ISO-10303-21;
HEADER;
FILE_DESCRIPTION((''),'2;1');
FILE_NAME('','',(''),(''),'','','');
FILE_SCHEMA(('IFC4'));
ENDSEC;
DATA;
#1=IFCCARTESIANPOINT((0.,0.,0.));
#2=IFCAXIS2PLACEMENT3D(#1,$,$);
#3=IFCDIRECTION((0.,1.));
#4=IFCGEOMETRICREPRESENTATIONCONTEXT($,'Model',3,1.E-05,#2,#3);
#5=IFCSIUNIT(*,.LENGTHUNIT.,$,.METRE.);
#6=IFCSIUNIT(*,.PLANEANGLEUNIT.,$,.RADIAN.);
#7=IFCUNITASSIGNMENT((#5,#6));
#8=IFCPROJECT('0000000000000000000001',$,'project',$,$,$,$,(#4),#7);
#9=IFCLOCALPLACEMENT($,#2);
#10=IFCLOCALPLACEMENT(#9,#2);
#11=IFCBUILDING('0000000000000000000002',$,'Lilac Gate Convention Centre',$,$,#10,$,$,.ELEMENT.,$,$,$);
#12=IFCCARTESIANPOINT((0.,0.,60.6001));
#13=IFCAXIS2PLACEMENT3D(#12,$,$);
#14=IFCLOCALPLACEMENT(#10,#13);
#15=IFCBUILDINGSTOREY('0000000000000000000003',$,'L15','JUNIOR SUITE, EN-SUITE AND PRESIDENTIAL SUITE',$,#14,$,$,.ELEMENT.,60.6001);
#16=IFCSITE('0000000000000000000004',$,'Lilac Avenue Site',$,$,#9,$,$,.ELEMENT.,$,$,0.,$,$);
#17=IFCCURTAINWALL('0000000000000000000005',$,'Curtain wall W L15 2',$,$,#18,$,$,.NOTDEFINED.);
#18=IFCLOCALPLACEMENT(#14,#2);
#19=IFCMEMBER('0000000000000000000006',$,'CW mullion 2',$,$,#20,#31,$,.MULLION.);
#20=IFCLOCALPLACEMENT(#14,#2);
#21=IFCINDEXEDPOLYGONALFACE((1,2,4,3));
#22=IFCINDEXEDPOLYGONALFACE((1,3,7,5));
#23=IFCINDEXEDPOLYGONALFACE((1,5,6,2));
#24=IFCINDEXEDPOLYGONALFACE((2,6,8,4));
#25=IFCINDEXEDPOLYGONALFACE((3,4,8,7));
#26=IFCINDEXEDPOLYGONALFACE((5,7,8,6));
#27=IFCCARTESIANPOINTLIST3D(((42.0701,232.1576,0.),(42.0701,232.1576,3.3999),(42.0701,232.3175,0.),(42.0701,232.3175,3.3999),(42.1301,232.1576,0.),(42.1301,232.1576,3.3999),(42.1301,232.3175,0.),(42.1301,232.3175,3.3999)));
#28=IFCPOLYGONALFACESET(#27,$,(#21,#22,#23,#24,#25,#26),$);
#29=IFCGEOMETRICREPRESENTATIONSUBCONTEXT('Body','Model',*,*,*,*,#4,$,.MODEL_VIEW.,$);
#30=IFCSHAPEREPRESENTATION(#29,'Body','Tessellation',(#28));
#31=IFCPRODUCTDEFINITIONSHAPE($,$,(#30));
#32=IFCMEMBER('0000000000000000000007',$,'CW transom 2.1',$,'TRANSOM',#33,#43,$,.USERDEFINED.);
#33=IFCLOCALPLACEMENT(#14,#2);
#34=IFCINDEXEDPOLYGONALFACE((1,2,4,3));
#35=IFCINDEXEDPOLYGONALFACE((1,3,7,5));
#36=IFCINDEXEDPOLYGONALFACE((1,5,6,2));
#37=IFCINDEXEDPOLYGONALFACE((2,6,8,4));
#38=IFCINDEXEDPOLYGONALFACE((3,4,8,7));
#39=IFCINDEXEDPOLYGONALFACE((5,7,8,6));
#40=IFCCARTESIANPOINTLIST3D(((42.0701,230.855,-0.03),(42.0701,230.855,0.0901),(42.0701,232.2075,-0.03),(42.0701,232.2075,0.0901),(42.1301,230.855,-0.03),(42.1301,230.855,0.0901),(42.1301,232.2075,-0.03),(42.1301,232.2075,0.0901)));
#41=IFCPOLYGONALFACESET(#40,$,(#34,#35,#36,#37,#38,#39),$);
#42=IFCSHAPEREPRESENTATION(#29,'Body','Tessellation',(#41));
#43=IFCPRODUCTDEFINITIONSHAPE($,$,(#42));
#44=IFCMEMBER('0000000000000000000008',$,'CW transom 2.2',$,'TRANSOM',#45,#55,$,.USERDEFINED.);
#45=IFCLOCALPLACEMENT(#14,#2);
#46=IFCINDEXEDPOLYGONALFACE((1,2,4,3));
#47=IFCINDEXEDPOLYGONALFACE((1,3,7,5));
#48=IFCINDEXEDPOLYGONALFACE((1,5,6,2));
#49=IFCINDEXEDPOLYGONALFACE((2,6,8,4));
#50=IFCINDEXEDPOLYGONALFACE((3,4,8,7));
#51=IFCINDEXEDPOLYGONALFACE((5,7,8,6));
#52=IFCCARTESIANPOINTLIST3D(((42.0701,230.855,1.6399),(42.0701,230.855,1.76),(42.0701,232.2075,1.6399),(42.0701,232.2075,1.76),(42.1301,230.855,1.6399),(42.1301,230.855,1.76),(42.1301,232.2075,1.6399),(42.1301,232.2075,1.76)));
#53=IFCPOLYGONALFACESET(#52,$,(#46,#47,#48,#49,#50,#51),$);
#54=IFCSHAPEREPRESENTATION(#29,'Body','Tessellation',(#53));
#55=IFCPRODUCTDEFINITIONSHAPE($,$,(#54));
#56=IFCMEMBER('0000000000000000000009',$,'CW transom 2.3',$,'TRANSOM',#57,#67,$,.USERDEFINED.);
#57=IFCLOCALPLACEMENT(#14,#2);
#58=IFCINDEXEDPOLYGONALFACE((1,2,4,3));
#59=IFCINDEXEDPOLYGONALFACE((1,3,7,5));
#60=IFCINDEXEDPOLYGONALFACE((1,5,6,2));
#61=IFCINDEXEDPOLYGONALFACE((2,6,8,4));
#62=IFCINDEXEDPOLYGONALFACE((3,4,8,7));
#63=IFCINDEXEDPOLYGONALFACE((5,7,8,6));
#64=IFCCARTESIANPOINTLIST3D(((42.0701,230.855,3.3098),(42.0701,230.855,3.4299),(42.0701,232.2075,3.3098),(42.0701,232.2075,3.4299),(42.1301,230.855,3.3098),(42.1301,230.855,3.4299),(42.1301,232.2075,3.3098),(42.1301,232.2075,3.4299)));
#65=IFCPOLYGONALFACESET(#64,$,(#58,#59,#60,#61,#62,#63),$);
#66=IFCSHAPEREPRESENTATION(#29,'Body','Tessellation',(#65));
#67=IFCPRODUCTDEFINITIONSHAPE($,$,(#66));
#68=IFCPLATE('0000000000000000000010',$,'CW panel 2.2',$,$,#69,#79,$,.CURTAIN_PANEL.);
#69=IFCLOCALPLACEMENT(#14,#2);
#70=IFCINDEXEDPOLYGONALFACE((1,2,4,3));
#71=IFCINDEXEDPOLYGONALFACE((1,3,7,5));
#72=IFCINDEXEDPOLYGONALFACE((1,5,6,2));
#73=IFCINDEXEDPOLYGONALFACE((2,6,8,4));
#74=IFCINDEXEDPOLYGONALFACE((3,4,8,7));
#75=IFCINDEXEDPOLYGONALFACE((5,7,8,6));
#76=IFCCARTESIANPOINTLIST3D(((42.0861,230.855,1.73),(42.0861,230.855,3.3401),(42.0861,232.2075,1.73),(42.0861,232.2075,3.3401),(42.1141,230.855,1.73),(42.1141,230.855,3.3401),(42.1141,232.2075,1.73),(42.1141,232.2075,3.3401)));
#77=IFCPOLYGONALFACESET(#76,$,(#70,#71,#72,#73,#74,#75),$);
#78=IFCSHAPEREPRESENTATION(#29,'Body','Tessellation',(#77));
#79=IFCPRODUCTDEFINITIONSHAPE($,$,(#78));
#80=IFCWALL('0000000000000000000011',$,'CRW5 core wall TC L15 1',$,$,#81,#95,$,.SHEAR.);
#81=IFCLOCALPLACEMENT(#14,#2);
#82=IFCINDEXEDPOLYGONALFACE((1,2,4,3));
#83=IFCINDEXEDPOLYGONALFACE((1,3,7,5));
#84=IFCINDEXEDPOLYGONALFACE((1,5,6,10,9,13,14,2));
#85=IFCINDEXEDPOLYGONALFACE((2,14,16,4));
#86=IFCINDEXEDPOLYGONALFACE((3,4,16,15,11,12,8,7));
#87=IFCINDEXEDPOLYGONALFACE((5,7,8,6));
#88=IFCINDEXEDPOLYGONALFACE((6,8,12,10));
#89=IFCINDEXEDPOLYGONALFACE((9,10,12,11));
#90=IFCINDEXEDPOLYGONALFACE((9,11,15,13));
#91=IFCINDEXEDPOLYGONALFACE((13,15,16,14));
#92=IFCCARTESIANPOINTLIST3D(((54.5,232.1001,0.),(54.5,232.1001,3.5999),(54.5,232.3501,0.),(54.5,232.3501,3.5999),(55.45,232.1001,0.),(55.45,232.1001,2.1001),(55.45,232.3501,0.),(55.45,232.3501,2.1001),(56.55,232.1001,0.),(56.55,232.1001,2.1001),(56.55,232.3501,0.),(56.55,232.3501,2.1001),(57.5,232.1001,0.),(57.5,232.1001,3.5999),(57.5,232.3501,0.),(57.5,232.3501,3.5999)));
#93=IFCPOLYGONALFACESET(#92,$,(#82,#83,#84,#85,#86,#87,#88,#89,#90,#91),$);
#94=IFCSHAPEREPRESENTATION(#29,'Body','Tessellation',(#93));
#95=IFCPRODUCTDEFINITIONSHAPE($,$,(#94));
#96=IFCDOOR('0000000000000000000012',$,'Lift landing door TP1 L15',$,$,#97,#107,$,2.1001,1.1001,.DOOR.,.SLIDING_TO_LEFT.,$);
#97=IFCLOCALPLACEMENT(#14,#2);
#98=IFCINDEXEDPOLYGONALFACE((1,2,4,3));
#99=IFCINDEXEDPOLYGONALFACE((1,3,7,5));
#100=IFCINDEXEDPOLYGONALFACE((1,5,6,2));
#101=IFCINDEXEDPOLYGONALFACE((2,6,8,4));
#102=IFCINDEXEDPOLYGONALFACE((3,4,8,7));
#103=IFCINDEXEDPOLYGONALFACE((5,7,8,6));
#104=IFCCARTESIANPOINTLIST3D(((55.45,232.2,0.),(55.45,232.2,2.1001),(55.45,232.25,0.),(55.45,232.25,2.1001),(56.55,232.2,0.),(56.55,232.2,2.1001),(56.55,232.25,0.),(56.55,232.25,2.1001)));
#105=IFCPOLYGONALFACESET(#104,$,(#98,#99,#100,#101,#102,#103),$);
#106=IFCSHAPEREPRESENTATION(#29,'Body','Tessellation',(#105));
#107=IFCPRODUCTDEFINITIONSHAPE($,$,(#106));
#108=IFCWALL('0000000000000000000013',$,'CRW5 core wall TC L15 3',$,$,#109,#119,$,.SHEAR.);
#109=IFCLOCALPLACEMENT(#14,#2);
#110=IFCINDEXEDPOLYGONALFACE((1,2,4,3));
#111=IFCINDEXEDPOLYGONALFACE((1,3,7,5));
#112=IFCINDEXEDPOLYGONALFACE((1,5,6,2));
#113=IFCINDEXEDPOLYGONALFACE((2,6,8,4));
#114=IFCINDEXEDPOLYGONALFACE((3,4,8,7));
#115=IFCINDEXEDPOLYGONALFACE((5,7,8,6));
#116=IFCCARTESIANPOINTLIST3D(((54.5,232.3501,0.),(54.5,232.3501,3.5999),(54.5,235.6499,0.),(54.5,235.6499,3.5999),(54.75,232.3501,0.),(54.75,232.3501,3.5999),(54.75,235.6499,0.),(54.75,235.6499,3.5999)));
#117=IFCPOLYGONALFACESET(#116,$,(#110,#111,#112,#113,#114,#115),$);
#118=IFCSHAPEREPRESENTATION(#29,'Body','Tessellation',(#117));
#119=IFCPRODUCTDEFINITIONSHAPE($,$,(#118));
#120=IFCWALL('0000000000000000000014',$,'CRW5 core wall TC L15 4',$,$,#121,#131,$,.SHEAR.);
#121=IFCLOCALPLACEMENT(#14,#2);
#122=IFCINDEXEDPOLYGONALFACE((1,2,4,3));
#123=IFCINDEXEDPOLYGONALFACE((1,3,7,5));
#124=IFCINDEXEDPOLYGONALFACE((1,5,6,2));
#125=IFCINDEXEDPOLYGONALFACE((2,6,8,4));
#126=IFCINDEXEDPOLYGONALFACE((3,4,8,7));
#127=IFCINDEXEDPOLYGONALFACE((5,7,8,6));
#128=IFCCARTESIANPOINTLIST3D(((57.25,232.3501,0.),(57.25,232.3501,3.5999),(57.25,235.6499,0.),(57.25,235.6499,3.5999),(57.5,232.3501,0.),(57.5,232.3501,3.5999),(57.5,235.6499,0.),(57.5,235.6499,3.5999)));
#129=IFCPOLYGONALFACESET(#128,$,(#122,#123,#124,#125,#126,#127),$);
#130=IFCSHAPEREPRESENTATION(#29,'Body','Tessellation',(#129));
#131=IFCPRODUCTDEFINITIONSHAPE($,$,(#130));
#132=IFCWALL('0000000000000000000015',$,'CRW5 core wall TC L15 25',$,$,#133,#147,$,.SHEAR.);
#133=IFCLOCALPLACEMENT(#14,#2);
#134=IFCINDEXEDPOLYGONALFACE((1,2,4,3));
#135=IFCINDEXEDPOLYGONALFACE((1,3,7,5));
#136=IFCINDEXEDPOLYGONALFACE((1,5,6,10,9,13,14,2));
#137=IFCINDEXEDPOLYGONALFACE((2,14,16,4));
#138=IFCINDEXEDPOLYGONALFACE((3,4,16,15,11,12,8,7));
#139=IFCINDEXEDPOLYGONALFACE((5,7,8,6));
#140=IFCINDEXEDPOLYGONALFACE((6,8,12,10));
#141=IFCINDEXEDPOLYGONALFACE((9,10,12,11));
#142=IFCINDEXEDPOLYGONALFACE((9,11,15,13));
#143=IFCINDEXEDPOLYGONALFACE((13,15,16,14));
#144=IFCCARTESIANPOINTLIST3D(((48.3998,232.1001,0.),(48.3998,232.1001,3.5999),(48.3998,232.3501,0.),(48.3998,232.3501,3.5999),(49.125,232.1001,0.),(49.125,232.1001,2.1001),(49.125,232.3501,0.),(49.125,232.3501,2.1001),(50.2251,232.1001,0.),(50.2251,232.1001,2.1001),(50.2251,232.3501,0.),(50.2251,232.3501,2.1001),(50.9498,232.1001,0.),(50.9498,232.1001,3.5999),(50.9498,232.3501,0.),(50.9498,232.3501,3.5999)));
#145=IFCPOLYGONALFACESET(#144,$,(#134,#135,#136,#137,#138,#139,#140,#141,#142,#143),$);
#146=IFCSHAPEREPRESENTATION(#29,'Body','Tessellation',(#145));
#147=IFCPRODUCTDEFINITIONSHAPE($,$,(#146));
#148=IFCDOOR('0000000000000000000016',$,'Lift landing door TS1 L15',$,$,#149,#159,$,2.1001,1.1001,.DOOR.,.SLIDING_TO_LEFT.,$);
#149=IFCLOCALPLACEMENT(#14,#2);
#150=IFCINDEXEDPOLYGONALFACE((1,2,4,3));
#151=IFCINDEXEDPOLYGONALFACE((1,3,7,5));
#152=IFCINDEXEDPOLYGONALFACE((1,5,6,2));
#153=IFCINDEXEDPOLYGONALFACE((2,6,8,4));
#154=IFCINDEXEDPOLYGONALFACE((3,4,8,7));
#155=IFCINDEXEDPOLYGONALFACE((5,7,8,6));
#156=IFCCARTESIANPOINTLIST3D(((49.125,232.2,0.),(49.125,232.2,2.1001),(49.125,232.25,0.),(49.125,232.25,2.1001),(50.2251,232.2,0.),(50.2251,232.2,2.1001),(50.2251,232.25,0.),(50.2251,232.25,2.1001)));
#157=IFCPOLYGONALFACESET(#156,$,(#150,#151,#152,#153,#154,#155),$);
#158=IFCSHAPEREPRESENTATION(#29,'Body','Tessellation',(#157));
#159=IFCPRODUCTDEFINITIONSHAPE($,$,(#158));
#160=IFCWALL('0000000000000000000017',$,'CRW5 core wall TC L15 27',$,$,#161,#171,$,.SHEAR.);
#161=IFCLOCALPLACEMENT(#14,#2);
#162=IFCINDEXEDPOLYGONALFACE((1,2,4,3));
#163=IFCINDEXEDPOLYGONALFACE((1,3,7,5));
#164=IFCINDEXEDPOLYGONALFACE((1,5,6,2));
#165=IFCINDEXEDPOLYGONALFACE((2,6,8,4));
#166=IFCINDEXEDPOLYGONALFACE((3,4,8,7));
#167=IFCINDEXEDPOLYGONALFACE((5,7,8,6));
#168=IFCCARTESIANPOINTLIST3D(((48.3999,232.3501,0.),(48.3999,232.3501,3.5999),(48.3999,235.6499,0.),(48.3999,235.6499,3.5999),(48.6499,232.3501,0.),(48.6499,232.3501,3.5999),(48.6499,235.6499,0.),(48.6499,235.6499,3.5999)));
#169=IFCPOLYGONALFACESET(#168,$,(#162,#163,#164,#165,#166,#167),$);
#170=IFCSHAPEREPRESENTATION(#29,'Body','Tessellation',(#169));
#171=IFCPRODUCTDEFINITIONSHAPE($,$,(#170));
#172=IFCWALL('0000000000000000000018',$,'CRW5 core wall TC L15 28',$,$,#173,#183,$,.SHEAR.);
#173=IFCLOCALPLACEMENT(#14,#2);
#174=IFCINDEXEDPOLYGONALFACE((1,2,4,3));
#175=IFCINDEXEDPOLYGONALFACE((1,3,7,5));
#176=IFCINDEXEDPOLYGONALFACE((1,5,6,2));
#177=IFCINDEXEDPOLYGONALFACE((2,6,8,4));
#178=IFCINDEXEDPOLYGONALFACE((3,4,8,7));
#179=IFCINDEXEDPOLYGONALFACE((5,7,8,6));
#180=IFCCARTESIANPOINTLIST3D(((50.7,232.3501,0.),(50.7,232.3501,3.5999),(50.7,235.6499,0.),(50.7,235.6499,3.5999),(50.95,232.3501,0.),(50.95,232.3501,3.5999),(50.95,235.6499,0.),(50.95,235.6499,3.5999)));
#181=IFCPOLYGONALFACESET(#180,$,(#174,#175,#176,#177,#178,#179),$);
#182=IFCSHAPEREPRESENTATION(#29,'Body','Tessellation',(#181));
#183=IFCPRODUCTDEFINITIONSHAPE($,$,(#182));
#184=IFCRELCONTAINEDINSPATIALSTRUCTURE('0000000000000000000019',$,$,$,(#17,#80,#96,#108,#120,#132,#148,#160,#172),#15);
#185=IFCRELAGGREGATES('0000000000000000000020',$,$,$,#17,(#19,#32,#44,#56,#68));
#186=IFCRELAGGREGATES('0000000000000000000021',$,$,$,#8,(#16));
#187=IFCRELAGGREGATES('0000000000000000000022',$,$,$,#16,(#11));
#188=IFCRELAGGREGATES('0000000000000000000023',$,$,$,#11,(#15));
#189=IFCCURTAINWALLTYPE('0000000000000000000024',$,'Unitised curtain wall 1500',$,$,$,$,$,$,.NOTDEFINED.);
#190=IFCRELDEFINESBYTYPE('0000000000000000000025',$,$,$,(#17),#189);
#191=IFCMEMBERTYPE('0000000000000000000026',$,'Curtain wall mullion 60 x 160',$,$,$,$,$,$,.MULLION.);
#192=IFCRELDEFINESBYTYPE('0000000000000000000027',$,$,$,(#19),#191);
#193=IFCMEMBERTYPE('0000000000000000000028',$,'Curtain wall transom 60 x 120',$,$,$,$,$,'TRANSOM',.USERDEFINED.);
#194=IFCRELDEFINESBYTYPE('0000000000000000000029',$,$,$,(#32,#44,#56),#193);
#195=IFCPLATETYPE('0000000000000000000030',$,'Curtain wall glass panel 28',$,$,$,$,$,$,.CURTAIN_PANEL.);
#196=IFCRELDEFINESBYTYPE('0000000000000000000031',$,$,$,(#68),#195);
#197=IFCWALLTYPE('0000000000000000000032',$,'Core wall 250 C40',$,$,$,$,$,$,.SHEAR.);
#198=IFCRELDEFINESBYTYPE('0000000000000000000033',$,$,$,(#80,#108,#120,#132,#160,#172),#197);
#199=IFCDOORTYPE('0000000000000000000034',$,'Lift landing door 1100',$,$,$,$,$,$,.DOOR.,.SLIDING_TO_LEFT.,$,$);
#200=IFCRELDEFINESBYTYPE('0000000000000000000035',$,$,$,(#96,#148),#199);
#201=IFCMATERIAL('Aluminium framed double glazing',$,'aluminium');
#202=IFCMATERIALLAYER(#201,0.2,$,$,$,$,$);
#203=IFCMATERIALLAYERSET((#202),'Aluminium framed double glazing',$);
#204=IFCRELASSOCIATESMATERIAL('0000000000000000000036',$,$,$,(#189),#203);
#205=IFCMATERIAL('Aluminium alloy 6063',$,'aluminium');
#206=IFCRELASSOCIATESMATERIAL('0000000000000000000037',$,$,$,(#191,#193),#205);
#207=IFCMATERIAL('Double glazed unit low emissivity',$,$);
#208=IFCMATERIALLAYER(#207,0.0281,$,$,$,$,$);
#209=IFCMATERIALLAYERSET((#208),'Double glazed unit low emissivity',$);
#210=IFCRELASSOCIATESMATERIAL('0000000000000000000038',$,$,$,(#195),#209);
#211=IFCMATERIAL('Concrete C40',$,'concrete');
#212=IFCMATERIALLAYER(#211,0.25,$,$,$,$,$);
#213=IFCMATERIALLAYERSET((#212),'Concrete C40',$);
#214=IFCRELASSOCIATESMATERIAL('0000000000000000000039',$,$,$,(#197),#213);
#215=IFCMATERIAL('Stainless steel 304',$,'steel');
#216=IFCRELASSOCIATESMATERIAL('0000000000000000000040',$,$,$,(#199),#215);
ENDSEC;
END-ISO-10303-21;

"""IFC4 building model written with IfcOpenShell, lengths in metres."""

from ifc_helpers import new_model, si_unit, direction, frame, frame_2d, origin, origin_2d, place, context, subcontext, project, spatial, rectangle, extrude, material, layer, layer_set, material_profile, profile_set, type_object, element, fill, aggregate, save


model = new_model("IFC4")

# Units and contexts
model_context = context("Model", 3, precision=1e-05, world=origin(), true_north=direction((0.0, 1.0)))
body_context = subcontext(model_context, "Body", "Model", "MODEL_VIEW")
ifc_project = project(units=[si_unit("LENGTHUNIT", "METRE"), si_unit("PLANEANGLEUNIT", "RADIAN")], contexts=[model_context])

# Site, building, storey
site_placement = place(None, origin())
site = spatial("IfcSite", under=ifc_project, at=site_placement, Name="Lilac Avenue Site", CompositionType="ELEMENT", RefElevation=0.0)
building_placement = place(site_placement, origin())
building = spatial("IfcBuilding", under=site, at=building_placement, Name="Lilac Gate Convention Centre", CompositionType="ELEMENT")
storey_placement = place(building_placement, frame((0.0, 0.0, 60.6001)))
storey = spatial("IfcBuildingStorey", under=building, at=storey_placement, Name="L15", Description="JUNIOR SUITE, EN-SUITE AND PRESIDENTIAL SUITE", CompositionType="ELEMENT", Elevation=60.6001)

# Curtain wall, members, plate
ifc_material_1 = material(Name="Aluminium framed double glazing", Category="aluminium")
ifc_layer_1 = layer(ifc_material_1, 0.2)
ifc_layer_set_1 = layer_set([ifc_layer_1], Name="Aluminium framed double glazing")
curtain_wall_type = type_object("IfcCurtainWallType", Name="Unitised curtain wall 1500", PredefinedType="NOTDEFINED", material=ifc_layer_set_1)
curtain_wall_placement = place(storey_placement, origin())
curtain_wall = element("IfcCurtainWall", 1, at=curtain_wall_placement, inside=storey, type_object=curtain_wall_type, Name="Curtain wall W L15 2", PredefinedType="NOTDEFINED")
ifc_material_2 = material(Name="Aluminium alloy 6063", Category="aluminium")
ifc_material_profile_1 = material_profile(ifc_material_2, rectangle(XDim=0.0601, YDim=0.1599, at=origin_2d()), Name="Curtain wall mullion 60 x 160")
ifc_profile_set_1 = profile_set([ifc_material_profile_1], Name="Aluminium alloy 6063")
member_type_1 = type_object("IfcMemberType", Name="Curtain wall mullion 60 x 160", PredefinedType="MULLION", material=ifc_profile_set_1)
member_1_placement = place(storey_placement, frame((42.1001, 232.2375, 0.0), z_axis=(0.0, 0.0, 1.0), x_axis=(1.0, 0.0, 0.0)))
member_1 = element("IfcMember", 2, at=member_1_placement, type_object=member_type_1, Name="CW mullion 2", PredefinedType="MULLION", context=body_context, shape_type="SweptSolid", body=[
    extrude(rectangle(XDim=0.0601, YDim=0.1599, at=origin_2d()), origin(), (0.0, 0.0, 1.0), 3.3999),
])
ifc_material_profile_2 = material_profile(ifc_material_2, rectangle(XDim=0.0601, YDim=0.1201, at=origin_2d()), Name="Curtain wall transom 60 x 120")
ifc_profile_set_2 = profile_set([ifc_material_profile_2], Name="Aluminium alloy 6063")
member_type_2 = type_object("IfcMemberType", Name="Curtain wall transom 60 x 120", ElementType="TRANSOM", PredefinedType="USERDEFINED", material=ifc_profile_set_2)
member_2_placement = place(storey_placement, frame((42.1001, 232.2075, 0.03), z_axis=(0.0, -1.0, 0.0), x_axis=(1.0, 0.0, 0.0)))
member_2 = element("IfcMember", 3, at=member_2_placement, type_object=member_type_2, Name="CW transom 2.1", ObjectType="TRANSOM", PredefinedType="USERDEFINED", context=body_context, shape_type="SweptSolid", body=[
    extrude(rectangle(XDim=0.0601, YDim=0.1201, at=origin_2d()), origin(), (0.0, 0.0, 1.0), 1.3525),
])
member_3_placement = place(storey_placement, frame((42.1001, 232.2075, 1.7), z_axis=(0.0, -1.0, 0.0), x_axis=(1.0, 0.0, 0.0)))
member_3 = element("IfcMember", 4, at=member_3_placement, type_object=member_type_2, Name="CW transom 2.2", ObjectType="TRANSOM", PredefinedType="USERDEFINED", context=body_context, shape_type="SweptSolid", body=[
    extrude(rectangle(XDim=0.0601, YDim=0.1201, at=origin_2d()), origin(), (0.0, 0.0, 1.0), 1.3525),
])
member_4_placement = place(storey_placement, frame((42.1001, 232.2075, 3.3699), z_axis=(0.0, -1.0, 0.0), x_axis=(1.0, 0.0, 0.0)))
member_4 = element("IfcMember", 5, at=member_4_placement, type_object=member_type_2, Name="CW transom 2.3", ObjectType="TRANSOM", PredefinedType="USERDEFINED", context=body_context, shape_type="SweptSolid", body=[
    extrude(rectangle(XDim=0.0601, YDim=0.1201, at=origin_2d()), origin(), (0.0, 0.0, 1.0), 1.3525),
])
ifc_material_3 = material(Name="Double glazed unit low emissivity")
ifc_layer_2 = layer(ifc_material_3, 0.0281)
ifc_layer_set_2 = layer_set([ifc_layer_2], Name="Double glazed unit low emissivity")
plate_type = type_object("IfcPlateType", Name="Curtain wall glass panel 28", PredefinedType="CURTAIN_PANEL", material=ifc_layer_set_2)
plate_placement = place(storey_placement, frame((42.1001, 231.5312, 1.73), z_axis=(0.0, 0.0, 1.0), x_axis=(0.0, -1.0, 0.0)))
plate = element("IfcPlate", 6, at=plate_placement, type_object=plate_type, Name="CW panel 2.2", PredefinedType="CURTAIN_PANEL", context=body_context, shape_type="SweptSolid", body=[
    extrude(rectangle(XDim=1.3525, YDim=0.0281, at=origin_2d()), origin(), (0.0, 0.0, 1.0), 1.6101),
])
aggregate(curtain_wall, [member_1, member_2, member_3, member_4, plate])

# Wall, opening, door
ifc_material_4 = material(Name="Concrete C40", Category="concrete")
ifc_layer_3 = layer(ifc_material_4, 0.25)
ifc_layer_set_3 = layer_set([ifc_layer_3], Name="Concrete C40")
wall_type_1 = type_object("IfcWallType", Name="Core wall 250 C40", PredefinedType="SHEAR", material=ifc_layer_set_3)
wall_1_placement = place(storey_placement, frame((54.5, 232.2251, 0.0), z_axis=(0.0, 0.0, 1.0), x_axis=(1.0, 0.0, 0.0)))
wall_1 = element("IfcWall", 7, at=wall_1_placement, inside=storey, type_object=wall_type_1, Name="CRW5 core wall TC L15 1", PredefinedType="SHEAR", context=body_context, shape_type="SweptSolid", body=[
    extrude(rectangle(XDim=3.0, YDim=0.25, at=frame_2d((1.5, 0.0))), origin(), (0.0, 0.0, 1.0), 3.5999),
])
opening_1_placement = place(wall_1_placement, frame((0.95, 0.0, 0.0)))
opening_1 = element("IfcOpeningElement", 8, at=opening_1_placement, cuts=wall_1, PredefinedType="OPENING", context=body_context, shape_type="SweptSolid", body=[
    extrude(rectangle(XDim=1.1001, YDim=2.1001, at=frame_2d((0.55, 1.05))), frame((0.0, 0.135, 0.0), z_axis=(0.0, -1.0, 0.0), x_axis=(1.0, 0.0, 0.0)), (0.0, 0.0, 1.0), 0.27),
])
ifc_material_5 = material(Name="Stainless steel 304", Category="steel")
door_type_1 = type_object("IfcDoorType", Name="Lift landing door 1100", OperationType="SLIDING_TO_LEFT", PredefinedType="DOOR", material=ifc_material_5)
door_1_placement = place(opening_1_placement, origin())
door_1 = element("IfcDoor", 9, at=door_1_placement, inside=storey, type_object=door_type_1, Name="Lift landing door TP1 L15", OperationType="SLIDING_TO_LEFT", OverallHeight=2.1001, OverallWidth=1.1001, PredefinedType="DOOR", context=body_context, shape_type="SweptSolid", body=[
    extrude(rectangle(XDim=1.1001, YDim=2.1001, at=frame_2d((0.55, 1.05))), frame((0.0, 0.0249, 0.0), z_axis=(0.0, -1.0, 0.0), x_axis=(1.0, 0.0, 0.0)), (0.0, 0.0, 1.0), 0.05),
])
fill(opening_1, door_1)

# Walls
for number, where, z_axis, x_axis, name in (
    (10, (54.625, 232.3501, 0.0), (0.0, 0.0, 1.0), (0.0, 1.0, 0.0), "CRW5 core wall TC L15 3"),
    (11, (57.375, 232.3501, 0.0), (0.0, 0.0, 1.0), (0.0, 1.0, 0.0), "CRW5 core wall TC L15 4"),
):
    element("IfcWall", number, at=place(storey_placement, frame(where, z_axis=z_axis, x_axis=x_axis)), inside=storey, type_object=wall_type_1, Name=name, PredefinedType="SHEAR", context=body_context, shape_type="SweptSolid", body=[
        extrude(rectangle(XDim=3.2998, YDim=0.25, at=frame_2d((1.6499, 0.0))), origin(), (0.0, 0.0, 1.0), 3.5999),
    ])

# Wall, opening, door
wall_2_placement = place(storey_placement, frame((48.3999, 232.2251, 0.0), z_axis=(0.0, 0.0, 1.0), x_axis=(1.0, 0.0, 0.0)))
wall_2 = element("IfcWall", 12, at=wall_2_placement, inside=storey, type_object=wall_type_1, Name="CRW5 core wall TC L15 25", PredefinedType="SHEAR", context=body_context, shape_type="SweptSolid", body=[
    extrude(rectangle(XDim=2.55, YDim=0.25, at=frame_2d((1.2749, 0.0))), origin(), (0.0, 0.0, 1.0), 3.5999),
])
opening_2_placement = place(wall_2_placement, frame((0.7251, 0.0, 0.0)))
opening_2 = element("IfcOpeningElement", 13, at=opening_2_placement, cuts=wall_2, PredefinedType="OPENING", context=body_context, shape_type="SweptSolid", body=[
    extrude(rectangle(XDim=1.1001, YDim=2.1001, at=frame_2d((0.55, 1.05))), frame((0.0, 0.135, 0.0), z_axis=(0.0, -1.0, 0.0), x_axis=(1.0, 0.0, 0.0)), (0.0, 0.0, 1.0), 0.27),
])
door_2_placement = place(opening_2_placement, origin())
door_2 = element("IfcDoor", 14, at=door_2_placement, inside=storey, type_object=door_type_1, Name="Lift landing door TS1 L15", OperationType="SLIDING_TO_LEFT", OverallHeight=2.1001, OverallWidth=1.1001, PredefinedType="DOOR", context=body_context, shape_type="SweptSolid", body=[
    extrude(rectangle(XDim=1.1001, YDim=2.1001, at=frame_2d((0.55, 1.05))), frame((0.0, 0.0249, 0.0), z_axis=(0.0, -1.0, 0.0), x_axis=(1.0, 0.0, 0.0)), (0.0, 0.0, 1.0), 0.05),
])
fill(opening_2, door_2)

# Walls
for number, where, z_axis, x_axis, name in (
    (15, (48.5249, 232.3501, 0.0), (0.0, 0.0, 1.0), (0.0, 1.0, 0.0), "CRW5 core wall TC L15 27"),
    (16, (50.825, 232.3501, 0.0), (0.0, 0.0, 1.0), (0.0, 1.0, 0.0), "CRW5 core wall TC L15 28"),
):
    element("IfcWall", number, at=place(storey_placement, frame(where, z_axis=z_axis, x_axis=x_axis)), inside=storey, type_object=wall_type_1, Name=name, PredefinedType="SHEAR", context=body_context, shape_type="SweptSolid", body=[
        extrude(rectangle(XDim=3.2998, YDim=0.25, at=frame_2d((1.6499, 0.0))), origin(), (0.0, 0.0, 1.0), 3.5999),
    ])

save(model, "model.ifc")
